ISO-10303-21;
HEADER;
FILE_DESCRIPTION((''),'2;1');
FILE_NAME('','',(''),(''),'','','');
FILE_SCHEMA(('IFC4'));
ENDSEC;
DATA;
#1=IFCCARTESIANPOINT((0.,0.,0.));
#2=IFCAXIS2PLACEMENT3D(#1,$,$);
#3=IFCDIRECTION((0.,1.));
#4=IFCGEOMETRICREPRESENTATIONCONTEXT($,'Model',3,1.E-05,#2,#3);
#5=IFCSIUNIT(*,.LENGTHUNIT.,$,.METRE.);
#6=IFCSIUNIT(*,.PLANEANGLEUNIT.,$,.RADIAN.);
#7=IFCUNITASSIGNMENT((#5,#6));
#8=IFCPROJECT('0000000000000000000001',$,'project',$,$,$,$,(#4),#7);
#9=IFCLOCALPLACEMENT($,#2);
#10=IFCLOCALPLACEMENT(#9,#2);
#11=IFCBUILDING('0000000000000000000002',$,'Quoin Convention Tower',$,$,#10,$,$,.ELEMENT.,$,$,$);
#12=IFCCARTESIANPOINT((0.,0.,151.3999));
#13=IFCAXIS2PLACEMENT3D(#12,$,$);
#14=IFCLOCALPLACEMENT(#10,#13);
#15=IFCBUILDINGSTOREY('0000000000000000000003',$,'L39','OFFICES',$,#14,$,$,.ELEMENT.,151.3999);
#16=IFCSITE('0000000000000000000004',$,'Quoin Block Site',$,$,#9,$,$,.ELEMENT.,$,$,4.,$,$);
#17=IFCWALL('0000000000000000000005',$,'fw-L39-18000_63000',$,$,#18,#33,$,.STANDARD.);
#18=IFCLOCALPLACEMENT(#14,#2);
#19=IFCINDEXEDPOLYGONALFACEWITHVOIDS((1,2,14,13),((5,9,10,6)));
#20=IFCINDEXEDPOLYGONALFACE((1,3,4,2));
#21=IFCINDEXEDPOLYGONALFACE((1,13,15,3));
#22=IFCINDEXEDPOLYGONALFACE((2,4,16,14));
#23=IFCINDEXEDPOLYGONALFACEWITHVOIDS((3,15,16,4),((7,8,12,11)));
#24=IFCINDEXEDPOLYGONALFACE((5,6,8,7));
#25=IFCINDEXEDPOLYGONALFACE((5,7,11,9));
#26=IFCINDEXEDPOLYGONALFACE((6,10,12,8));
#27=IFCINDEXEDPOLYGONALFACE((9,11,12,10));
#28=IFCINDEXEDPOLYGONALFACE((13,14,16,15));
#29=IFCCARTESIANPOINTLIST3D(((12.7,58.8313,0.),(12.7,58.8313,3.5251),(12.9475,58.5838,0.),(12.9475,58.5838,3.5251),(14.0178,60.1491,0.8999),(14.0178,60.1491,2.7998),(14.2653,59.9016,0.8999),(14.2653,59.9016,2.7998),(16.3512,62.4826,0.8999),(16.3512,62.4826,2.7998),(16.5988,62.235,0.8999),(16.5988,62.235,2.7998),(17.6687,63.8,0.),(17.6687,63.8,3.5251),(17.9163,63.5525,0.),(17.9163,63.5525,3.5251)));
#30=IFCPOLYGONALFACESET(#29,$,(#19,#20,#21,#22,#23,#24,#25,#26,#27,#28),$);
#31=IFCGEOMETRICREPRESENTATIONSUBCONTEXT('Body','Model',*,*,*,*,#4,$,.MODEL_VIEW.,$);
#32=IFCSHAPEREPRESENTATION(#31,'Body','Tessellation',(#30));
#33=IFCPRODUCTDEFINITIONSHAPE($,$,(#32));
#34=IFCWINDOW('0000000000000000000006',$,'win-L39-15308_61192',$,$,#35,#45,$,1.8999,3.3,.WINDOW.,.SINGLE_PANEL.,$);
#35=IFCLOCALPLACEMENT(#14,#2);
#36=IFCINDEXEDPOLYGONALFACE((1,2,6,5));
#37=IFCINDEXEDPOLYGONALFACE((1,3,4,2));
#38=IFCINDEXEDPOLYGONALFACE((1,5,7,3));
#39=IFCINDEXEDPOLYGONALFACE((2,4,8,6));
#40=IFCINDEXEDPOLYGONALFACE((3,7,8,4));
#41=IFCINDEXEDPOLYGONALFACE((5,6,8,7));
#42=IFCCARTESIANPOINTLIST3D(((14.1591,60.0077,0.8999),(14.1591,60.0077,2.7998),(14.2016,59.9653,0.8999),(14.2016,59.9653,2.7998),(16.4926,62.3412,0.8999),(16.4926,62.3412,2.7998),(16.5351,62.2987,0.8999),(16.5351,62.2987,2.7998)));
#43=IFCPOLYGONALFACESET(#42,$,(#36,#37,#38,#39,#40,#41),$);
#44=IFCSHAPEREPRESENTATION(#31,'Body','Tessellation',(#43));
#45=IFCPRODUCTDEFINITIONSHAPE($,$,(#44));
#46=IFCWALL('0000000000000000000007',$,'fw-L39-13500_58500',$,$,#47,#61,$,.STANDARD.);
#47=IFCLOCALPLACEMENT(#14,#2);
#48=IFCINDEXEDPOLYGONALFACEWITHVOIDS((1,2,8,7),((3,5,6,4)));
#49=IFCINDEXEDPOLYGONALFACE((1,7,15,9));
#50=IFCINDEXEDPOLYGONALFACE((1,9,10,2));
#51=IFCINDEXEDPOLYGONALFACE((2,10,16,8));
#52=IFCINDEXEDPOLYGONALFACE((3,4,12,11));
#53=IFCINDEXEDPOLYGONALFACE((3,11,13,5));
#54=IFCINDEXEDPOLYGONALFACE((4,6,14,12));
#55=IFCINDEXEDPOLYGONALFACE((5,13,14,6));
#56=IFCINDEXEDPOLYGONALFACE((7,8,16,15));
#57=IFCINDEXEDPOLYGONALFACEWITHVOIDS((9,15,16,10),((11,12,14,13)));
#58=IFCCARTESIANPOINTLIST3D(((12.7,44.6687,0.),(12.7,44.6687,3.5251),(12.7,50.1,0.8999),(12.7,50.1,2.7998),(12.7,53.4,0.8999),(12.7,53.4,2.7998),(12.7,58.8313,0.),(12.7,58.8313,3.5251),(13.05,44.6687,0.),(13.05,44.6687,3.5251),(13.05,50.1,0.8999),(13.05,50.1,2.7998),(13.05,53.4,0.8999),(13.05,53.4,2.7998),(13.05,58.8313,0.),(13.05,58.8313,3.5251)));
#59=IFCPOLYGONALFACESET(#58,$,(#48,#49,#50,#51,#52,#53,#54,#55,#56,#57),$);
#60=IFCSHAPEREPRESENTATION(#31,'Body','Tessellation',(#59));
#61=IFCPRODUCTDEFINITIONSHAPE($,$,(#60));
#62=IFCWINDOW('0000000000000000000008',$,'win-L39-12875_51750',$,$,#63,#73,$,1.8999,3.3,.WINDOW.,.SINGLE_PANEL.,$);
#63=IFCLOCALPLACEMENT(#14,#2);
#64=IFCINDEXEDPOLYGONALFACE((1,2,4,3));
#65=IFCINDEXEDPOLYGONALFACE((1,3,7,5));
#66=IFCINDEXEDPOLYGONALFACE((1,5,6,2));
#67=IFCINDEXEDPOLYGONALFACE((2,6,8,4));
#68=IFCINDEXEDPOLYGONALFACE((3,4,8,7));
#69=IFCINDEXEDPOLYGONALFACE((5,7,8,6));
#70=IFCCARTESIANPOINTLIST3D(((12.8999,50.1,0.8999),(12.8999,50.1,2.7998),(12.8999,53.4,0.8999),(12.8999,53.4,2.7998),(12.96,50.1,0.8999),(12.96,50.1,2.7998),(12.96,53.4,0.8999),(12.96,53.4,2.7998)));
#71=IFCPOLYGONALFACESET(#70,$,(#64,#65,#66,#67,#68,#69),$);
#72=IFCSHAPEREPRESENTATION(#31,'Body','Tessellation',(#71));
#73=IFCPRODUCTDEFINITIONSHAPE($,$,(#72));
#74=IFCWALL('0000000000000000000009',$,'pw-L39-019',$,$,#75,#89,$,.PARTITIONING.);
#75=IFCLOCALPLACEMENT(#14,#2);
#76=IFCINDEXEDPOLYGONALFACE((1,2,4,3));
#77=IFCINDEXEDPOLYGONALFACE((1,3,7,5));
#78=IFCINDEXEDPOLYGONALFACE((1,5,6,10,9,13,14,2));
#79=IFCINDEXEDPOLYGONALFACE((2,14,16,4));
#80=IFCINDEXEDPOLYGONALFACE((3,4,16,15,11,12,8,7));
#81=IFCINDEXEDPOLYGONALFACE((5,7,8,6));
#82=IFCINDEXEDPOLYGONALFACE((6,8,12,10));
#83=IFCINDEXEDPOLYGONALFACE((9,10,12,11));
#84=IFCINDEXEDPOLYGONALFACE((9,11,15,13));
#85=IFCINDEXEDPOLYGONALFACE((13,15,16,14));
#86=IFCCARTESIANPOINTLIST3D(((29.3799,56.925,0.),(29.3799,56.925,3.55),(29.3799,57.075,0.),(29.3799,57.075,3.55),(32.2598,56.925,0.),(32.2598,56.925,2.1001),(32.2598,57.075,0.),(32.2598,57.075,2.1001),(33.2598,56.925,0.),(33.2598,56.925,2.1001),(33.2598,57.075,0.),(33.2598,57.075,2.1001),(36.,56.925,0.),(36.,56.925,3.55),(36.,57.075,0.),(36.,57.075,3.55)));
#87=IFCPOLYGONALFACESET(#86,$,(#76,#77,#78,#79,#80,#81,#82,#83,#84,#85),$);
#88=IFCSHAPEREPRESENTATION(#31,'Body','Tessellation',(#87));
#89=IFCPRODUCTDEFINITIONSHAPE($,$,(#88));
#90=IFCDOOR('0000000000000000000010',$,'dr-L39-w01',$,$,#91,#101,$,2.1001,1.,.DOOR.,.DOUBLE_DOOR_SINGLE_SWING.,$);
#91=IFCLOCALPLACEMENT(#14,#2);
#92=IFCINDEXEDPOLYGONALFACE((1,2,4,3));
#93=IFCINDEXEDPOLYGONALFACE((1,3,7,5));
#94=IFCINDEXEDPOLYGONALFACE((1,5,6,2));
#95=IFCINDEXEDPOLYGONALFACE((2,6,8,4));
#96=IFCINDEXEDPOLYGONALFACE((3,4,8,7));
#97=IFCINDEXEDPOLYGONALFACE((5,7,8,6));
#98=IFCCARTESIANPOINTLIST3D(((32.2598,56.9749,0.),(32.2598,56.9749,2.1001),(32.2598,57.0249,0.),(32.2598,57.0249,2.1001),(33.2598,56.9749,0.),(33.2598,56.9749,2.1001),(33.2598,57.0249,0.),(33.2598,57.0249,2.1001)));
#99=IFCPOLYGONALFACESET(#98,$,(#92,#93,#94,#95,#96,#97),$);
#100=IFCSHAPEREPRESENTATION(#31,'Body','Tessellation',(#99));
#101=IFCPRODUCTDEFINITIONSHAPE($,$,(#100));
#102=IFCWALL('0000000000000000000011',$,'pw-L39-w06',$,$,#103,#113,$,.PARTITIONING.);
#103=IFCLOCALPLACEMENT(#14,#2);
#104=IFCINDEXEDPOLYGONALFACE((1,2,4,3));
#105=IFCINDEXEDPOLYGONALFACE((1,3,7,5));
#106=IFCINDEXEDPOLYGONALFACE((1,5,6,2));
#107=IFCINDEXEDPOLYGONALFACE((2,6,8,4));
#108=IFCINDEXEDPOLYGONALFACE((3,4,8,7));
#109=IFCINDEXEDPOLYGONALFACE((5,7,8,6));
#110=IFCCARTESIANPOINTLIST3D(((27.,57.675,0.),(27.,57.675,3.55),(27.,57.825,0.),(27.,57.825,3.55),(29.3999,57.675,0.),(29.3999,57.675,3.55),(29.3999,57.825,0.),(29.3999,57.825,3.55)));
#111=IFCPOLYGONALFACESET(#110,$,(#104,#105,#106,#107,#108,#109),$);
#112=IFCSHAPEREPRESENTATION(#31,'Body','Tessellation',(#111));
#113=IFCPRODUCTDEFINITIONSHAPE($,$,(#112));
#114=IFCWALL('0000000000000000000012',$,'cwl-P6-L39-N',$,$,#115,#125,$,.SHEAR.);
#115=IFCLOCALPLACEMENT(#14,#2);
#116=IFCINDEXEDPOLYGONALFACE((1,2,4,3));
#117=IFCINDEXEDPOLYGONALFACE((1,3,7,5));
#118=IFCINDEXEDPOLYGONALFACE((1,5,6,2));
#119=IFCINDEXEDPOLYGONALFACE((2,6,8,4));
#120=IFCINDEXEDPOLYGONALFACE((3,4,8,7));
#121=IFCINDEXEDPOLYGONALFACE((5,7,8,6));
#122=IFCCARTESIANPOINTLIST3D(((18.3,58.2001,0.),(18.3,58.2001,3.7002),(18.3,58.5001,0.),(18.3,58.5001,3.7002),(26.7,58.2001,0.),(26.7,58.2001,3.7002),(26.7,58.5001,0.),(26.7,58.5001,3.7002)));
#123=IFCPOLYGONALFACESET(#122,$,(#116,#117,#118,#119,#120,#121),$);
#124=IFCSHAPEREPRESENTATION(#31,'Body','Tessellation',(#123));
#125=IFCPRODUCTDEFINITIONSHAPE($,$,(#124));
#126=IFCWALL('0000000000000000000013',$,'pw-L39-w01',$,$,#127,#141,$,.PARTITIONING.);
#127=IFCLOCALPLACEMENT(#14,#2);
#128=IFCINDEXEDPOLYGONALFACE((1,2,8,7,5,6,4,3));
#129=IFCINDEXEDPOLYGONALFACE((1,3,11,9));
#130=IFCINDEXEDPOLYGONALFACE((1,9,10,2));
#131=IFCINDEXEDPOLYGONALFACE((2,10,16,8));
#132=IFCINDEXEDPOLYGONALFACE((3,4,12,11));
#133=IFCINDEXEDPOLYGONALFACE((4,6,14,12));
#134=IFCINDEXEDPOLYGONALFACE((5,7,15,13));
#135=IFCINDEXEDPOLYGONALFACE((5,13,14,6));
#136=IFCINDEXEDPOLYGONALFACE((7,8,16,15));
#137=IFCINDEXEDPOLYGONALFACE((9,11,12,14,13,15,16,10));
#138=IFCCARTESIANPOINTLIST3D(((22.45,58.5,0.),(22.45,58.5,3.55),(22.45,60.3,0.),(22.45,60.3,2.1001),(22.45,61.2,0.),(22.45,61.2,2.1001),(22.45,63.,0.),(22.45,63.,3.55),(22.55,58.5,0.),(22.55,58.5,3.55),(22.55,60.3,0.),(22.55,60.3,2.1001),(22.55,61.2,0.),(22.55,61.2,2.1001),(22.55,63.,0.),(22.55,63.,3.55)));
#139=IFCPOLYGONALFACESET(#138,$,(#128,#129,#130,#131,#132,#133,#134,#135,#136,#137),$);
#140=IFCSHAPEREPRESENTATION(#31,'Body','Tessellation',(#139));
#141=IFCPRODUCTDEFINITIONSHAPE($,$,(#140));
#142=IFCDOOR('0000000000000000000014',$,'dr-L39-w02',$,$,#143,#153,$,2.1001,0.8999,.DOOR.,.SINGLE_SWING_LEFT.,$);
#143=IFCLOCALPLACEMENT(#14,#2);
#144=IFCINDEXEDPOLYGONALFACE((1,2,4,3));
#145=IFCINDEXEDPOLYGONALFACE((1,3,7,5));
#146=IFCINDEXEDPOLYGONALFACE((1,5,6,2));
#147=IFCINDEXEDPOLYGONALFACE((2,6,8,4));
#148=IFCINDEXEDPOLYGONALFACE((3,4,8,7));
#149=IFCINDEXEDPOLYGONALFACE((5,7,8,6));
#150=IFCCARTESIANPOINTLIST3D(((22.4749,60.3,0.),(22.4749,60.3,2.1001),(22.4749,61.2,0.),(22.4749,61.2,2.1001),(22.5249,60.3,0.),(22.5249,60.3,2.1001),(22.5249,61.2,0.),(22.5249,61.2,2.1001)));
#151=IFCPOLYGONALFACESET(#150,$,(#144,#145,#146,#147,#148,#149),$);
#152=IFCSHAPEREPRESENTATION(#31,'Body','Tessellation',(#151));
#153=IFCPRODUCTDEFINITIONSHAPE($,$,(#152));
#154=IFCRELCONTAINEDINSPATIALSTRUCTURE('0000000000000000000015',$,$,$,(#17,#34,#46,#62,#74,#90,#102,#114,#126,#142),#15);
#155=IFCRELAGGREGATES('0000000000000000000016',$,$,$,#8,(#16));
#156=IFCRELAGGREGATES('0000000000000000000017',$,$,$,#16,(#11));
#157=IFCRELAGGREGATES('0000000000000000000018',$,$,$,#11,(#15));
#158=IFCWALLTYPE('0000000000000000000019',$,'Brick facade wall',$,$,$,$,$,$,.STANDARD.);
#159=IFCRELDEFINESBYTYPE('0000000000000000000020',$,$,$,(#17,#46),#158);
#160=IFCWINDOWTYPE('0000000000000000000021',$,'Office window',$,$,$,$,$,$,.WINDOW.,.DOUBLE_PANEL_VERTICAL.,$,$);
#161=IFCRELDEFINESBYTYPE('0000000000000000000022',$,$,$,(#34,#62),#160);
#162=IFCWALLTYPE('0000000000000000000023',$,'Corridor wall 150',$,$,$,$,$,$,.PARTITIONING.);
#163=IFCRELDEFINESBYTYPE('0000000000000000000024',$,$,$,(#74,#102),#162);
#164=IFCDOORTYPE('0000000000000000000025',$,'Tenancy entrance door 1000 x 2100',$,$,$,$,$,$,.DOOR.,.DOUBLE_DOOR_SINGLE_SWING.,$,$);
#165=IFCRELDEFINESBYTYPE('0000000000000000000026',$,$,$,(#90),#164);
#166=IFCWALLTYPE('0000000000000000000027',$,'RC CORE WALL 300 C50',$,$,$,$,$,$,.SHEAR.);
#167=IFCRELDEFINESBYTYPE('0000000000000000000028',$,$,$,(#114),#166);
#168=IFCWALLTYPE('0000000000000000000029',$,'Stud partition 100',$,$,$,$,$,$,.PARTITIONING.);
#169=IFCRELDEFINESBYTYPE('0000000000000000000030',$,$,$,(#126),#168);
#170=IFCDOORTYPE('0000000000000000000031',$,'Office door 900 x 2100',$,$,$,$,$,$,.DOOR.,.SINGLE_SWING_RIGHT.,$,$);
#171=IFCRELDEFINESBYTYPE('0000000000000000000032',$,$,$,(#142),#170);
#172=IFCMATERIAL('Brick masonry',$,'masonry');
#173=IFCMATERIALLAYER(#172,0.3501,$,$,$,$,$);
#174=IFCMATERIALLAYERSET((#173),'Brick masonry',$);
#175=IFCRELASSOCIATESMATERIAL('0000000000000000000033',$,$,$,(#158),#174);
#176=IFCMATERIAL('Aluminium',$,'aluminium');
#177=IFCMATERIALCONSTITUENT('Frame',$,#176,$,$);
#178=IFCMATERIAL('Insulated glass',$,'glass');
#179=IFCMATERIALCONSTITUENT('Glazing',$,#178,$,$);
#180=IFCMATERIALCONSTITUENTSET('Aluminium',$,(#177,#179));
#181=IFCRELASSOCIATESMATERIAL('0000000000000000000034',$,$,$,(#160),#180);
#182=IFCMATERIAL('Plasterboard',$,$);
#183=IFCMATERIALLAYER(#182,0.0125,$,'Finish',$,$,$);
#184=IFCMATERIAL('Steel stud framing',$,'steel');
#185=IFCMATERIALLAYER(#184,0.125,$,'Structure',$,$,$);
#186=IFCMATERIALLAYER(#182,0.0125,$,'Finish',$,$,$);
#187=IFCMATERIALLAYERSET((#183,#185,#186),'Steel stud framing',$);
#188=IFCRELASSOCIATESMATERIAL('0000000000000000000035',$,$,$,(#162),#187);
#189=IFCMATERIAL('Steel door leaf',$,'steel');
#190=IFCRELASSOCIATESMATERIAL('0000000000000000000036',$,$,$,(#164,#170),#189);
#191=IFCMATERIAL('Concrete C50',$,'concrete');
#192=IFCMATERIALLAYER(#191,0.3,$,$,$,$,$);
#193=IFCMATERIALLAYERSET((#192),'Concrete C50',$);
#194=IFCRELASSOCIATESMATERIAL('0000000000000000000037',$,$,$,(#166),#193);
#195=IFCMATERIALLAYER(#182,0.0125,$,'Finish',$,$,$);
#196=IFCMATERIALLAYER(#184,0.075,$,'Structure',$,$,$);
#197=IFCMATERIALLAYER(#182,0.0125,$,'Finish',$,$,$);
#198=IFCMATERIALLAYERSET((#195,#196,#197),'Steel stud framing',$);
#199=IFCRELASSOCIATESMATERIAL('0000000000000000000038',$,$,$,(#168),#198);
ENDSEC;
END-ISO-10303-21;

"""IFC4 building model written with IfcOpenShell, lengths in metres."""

from ifc_helpers import new_model, si_unit, direction, frame, frame_2d, origin, place, context, subcontext, project, spatial, rectangle, extrude, material, layer, layer_set, constituent, constituent_set, type_object, element, fill, save


model = new_model("IFC4")

# Units and contexts
model_context = context("Model", 3, precision=1e-05, world=origin(), true_north=direction((0.0, 1.0)))
body_context = subcontext(model_context, "Body", "Model", "MODEL_VIEW")
ifc_project = project(units=[si_unit("LENGTHUNIT", "METRE"), si_unit("PLANEANGLEUNIT", "RADIAN")], contexts=[model_context])

# Site, building, storey
site_placement = place(None, origin())
site = spatial("IfcSite", under=ifc_project, at=site_placement, Name="Quoin Block Site", CompositionType="ELEMENT", RefElevation=4.0)
building_placement = place(site_placement, origin())
building = spatial("IfcBuilding", under=site, at=building_placement, Name="Quoin Convention Tower", CompositionType="ELEMENT")
storey_placement = place(building_placement, frame((0.0, 0.0, 151.3999)))
storey = spatial("IfcBuildingStorey", under=building, at=storey_placement, Name="L39", Description="OFFICES", CompositionType="ELEMENT", Elevation=151.3999)

# Shared definitions
ifc_material_1 = material(Name="Concrete C50", Category="concrete")

# Walls, openings, windows
ifc_material_2 = material(Name="Brick masonry", Category="masonry")
ifc_layer_1 = layer(ifc_material_2, 0.3501)
ifc_layer_set_1 = layer_set([ifc_layer_1], Name="Brick masonry")
wall_type_1 = type_object("IfcWallType", Name="Brick facade wall", PredefinedType="STANDARD", material=ifc_layer_set_1)
ifc_material_3 = material(Name="Aluminium", Category="aluminium")
ifc_constituent_1 = constituent(ifc_material_3, Name="Frame")
ifc_material_4 = material(Name="Insulated glass", Category="glass")
ifc_constituent_2 = constituent(ifc_material_4, Name="Glazing")
ifc_constituent_set = constituent_set(constituents=[ifc_constituent_1, ifc_constituent_2], Name="Aluminium")
window_type = type_object("IfcWindowType", Name="Office window", PartitioningType="DOUBLE_PANEL_VERTICAL", PredefinedType="WINDOW", material=ifc_constituent_set)
wall_1_placement = place(storey_placement, frame((17.7925, 63.6763, 0.0), z_axis=(0.0, 0.0, 1.0), x_axis=(-0.707107, -0.707107, 0.0)))
wall_1 = element("IfcWall", 1, at=wall_1_placement, inside=storey, type_object=wall_type_1, Name="fw-L39-18000_63000", PredefinedType="STANDARD", context=body_context, shape_type="SweptSolid", body=[
    extrude(rectangle(XDim=7.0269, YDim=0.3501, at=frame_2d((3.5134, 0.0))), origin(), (0.0, 0.0, 1.0), 3.5251),
])
opening_1_placement = place(wall_1_placement, frame((1.8633, 0.0, 0.8999)))
opening_1 = element("IfcOpeningElement", 2, at=opening_1_placement, cuts=wall_1, PredefinedType="OPENING", context=body_context, shape_type="SweptSolid", body=[
    extrude(rectangle(XDim=3.3, YDim=1.8999, at=frame_2d((1.6499, 0.95))), frame((0.0, 0.1851, 0.0), z_axis=(0.0, -1.0, 0.0), x_axis=(1.0, 0.0, 0.0)), (0.0, 0.0, 1.0), 0.3701),
])
window_1_placement = place(opening_1_placement, origin())
window_1 = element("IfcWindow", 3, at=window_1_placement, inside=storey, type_object=window_type, Name="win-L39-15308_61192", OverallHeight=1.8999, OverallWidth=3.3, PartitioningType="SINGLE_PANEL", PredefinedType="WINDOW", context=body_context, shape_type="SweptSolid", body=[
    extrude(rectangle(XDim=3.3, YDim=1.8999, at=frame_2d((1.6499, 0.95))), frame((0.0, 0.085, 0.0), z_axis=(0.0, -1.0, 0.0), x_axis=(1.0, 0.0, 0.0)), (0.0, 0.0, 1.0), 0.0601),
])
fill(opening_1, window_1)
wall_2_placement = place(storey_placement, frame((12.875, 58.8313, 0.0), z_axis=(0.0, 0.0, 1.0), x_axis=(0.0, -1.0, 0.0)))
wall_2 = element("IfcWall", 4, at=wall_2_placement, inside=storey, type_object=wall_type_1, Name="fw-L39-13500_58500", PredefinedType="STANDARD", context=body_context, shape_type="SweptSolid", body=[
    extrude(rectangle(XDim=14.1626, YDim=0.3501, at=frame_2d((7.0813, 0.0))), origin(), (0.0, 0.0, 1.0), 3.5251),
])
opening_2_placement = place(wall_2_placement, frame((5.4314, 0.0, 0.8999)))
opening_2 = element("IfcOpeningElement", 5, at=opening_2_placement, cuts=wall_2, PredefinedType="OPENING", context=body_context, shape_type="SweptSolid", body=[
    extrude(rectangle(XDim=3.3, YDim=1.8999, at=frame_2d((1.6499, 0.95))), frame((0.0, 0.1851, 0.0), z_axis=(0.0, -1.0, 0.0), x_axis=(1.0, 0.0, 0.0)), (0.0, 0.0, 1.0), 0.3701),
])
window_2_placement = place(opening_2_placement, origin())
window_2 = element("IfcWindow", 6, at=window_2_placement, inside=storey, type_object=window_type, Name="win-L39-12875_51750", OverallHeight=1.8999, OverallWidth=3.3, PartitioningType="SINGLE_PANEL", PredefinedType="WINDOW", context=body_context, shape_type="SweptSolid", body=[
    extrude(rectangle(XDim=3.3, YDim=1.8999, at=frame_2d((1.6499, 0.95))), frame((0.0, 0.085, 0.0), z_axis=(0.0, -1.0, 0.0), x_axis=(1.0, 0.0, 0.0)), (0.0, 0.0, 1.0), 0.0601),
])
fill(opening_2, window_2)

# Wall, opening, door
ifc_material_5 = material(Name="Plasterboard")
ifc_layer_2 = layer(ifc_material_5, 0.0125, Name="Finish")
ifc_material_6 = material(Name="Steel stud framing", Category="steel")
ifc_layer_3 = layer(ifc_material_6, 0.125, Name="Structure")
ifc_layer_4 = layer(ifc_material_5, 0.0125, Name="Finish")
ifc_layer_set_2 = layer_set([ifc_layer_2, ifc_layer_3, ifc_layer_4], Name="Steel stud framing")
wall_type_2 = type_object("IfcWallType", Name="Corridor wall 150", PredefinedType="PARTITIONING", material=ifc_layer_set_2)
wall_3_placement = place(storey_placement, frame((29.3799, 57.0, 0.0), z_axis=(0.0, 0.0, 1.0), x_axis=(1.0, 0.0, 0.0)))
wall_3 = element("IfcWall", 7, at=wall_3_placement, inside=storey, type_object=wall_type_2, Name="pw-L39-019", PredefinedType="PARTITIONING", context=body_context, shape_type="SweptSolid", body=[
    extrude(rectangle(XDim=6.6201, YDim=0.1499, at=frame_2d((3.3101, 0.0))), origin(), (0.0, 0.0, 1.0), 3.55),
])
opening_3_placement = place(wall_3_placement, frame((2.8799, 0.0, 0.0)))
opening_3 = element("IfcOpeningElement", 8, at=opening_3_placement, cuts=wall_3, PredefinedType="OPENING", context=body_context, shape_type="SweptSolid", body=[
    extrude(rectangle(XDim=1.0, YDim=2.1001, at=frame_2d((0.5, 1.05))), frame((0.0, 0.085, 0.0), z_axis=(0.0, -1.0, 0.0), x_axis=(1.0, 0.0, 0.0)), (0.0, 0.0, 1.0), 0.1699),
])
ifc_material_7 = material(Name="Steel door leaf", Category="steel")
door_type_1 = type_object("IfcDoorType", Name="Tenancy entrance door 1000 x 2100", OperationType="DOUBLE_DOOR_SINGLE_SWING", PredefinedType="DOOR", material=ifc_material_7)
door_1_placement = place(opening_3_placement, origin())
door_1 = element("IfcDoor", 9, at=door_1_placement, inside=storey, type_object=door_type_1, Name="dr-L39-w01", OperationType="DOUBLE_DOOR_SINGLE_SWING", OverallHeight=2.1001, OverallWidth=1.0, PredefinedType="DOOR", context=body_context, shape_type="SweptSolid", body=[
    extrude(rectangle(XDim=1.0, YDim=2.1001, at=frame_2d((0.5, 1.05))), frame((0.0, 0.0249, 0.0), z_axis=(0.0, -1.0, 0.0), x_axis=(1.0, 0.0, 0.0)), (0.0, 0.0, 1.0), 0.05),
])
fill(opening_3, door_1)

# Walls
wall_4_placement = place(storey_placement, frame((27.0, 57.75, 0.0), z_axis=(0.0, 0.0, 1.0), x_axis=(1.0, 0.0, 0.0)))
element("IfcWall", 10, at=wall_4_placement, inside=storey, type_object=wall_type_2, Name="pw-L39-w06", PredefinedType="PARTITIONING", context=body_context, shape_type="SweptSolid", body=[
    extrude(rectangle(XDim=2.3999, YDim=0.1499, at=frame_2d((1.2, 0.0))), origin(), (0.0, 0.0, 1.0), 3.55),
])
ifc_layer_5 = layer(ifc_material_1, 0.3)
ifc_layer_set_3 = layer_set([ifc_layer_5], Name="Concrete C50")
wall_type_3 = type_object("IfcWallType", Name="RC CORE WALL 300 C50", PredefinedType="SHEAR", material=ifc_layer_set_3)
wall_5_placement = place(storey_placement, frame((18.3, 58.3501, 0.0), z_axis=(0.0, 0.0, 1.0), x_axis=(1.0, 0.0, 0.0)))
element("IfcWall", 11, at=wall_5_placement, inside=storey, type_object=wall_type_3, Name="cwl-P6-L39-N", PredefinedType="SHEAR", context=body_context, shape_type="SweptSolid", body=[
    extrude(rectangle(XDim=8.3999, YDim=0.3, at=frame_2d((4.2, 0.0))), origin(), (0.0, 0.0, 1.0), 3.7002),
])

# Wall, opening, door
ifc_layer_6 = layer(ifc_material_5, 0.0125, Name="Finish")
ifc_layer_7 = layer(ifc_material_6, 0.075, Name="Structure")
ifc_layer_8 = layer(ifc_material_5, 0.0125, Name="Finish")
ifc_layer_set_4 = layer_set([ifc_layer_6, ifc_layer_7, ifc_layer_8], Name="Steel stud framing")
wall_type_4 = type_object("IfcWallType", Name="Stud partition 100", PredefinedType="PARTITIONING", material=ifc_layer_set_4)
wall_6_placement = place(storey_placement, frame((22.5, 63.0, 0.0), z_axis=(0.0, 0.0, 1.0), x_axis=(0.0, -1.0, 0.0)))
wall_6 = element("IfcWall", 12, at=wall_6_placement, inside=storey, type_object=wall_type_4, Name="pw-L39-w01", PredefinedType="PARTITIONING", context=body_context, shape_type="SweptSolid", body=[
    extrude(rectangle(XDim=4.5, YDim=0.1001, at=frame_2d((2.25, 0.0))), origin(), (0.0, 0.0, 1.0), 3.55),
])
opening_4_placement = place(wall_6_placement, frame((1.8, 0.0, 0.0)))
opening_4 = element("IfcOpeningElement", 13, at=opening_4_placement, cuts=wall_6, PredefinedType="OPENING", context=body_context, shape_type="SweptSolid", body=[
    extrude(rectangle(XDim=0.8999, YDim=2.1001, at=frame_2d((0.45, 1.05))), frame((0.0, 0.0601, 0.0), z_axis=(0.0, -1.0, 0.0), x_axis=(1.0, 0.0, 0.0)), (0.0, 0.0, 1.0), 0.1201),
])
door_type_2 = type_object("IfcDoorType", Name="Office door 900 x 2100", OperationType="SINGLE_SWING_RIGHT", PredefinedType="DOOR", material=ifc_material_7)
door_2_placement = place(opening_4_placement, origin())
door_2 = element("IfcDoor", 14, at=door_2_placement, inside=storey, type_object=door_type_2, Name="dr-L39-w02", OperationType="SINGLE_SWING_LEFT", OverallHeight=2.1001, OverallWidth=0.8999, PredefinedType="DOOR", context=body_context, shape_type="SweptSolid", body=[
    extrude(rectangle(XDim=0.8999, YDim=2.1001, at=frame_2d((0.45, 1.05))), frame((0.0, 0.0249, 0.0), z_axis=(0.0, -1.0, 0.0), x_axis=(1.0, 0.0, 0.0)), (0.0, 0.0, 1.0), 0.05),
])
fill(opening_4, door_2)

save(model, "model.ifc")
